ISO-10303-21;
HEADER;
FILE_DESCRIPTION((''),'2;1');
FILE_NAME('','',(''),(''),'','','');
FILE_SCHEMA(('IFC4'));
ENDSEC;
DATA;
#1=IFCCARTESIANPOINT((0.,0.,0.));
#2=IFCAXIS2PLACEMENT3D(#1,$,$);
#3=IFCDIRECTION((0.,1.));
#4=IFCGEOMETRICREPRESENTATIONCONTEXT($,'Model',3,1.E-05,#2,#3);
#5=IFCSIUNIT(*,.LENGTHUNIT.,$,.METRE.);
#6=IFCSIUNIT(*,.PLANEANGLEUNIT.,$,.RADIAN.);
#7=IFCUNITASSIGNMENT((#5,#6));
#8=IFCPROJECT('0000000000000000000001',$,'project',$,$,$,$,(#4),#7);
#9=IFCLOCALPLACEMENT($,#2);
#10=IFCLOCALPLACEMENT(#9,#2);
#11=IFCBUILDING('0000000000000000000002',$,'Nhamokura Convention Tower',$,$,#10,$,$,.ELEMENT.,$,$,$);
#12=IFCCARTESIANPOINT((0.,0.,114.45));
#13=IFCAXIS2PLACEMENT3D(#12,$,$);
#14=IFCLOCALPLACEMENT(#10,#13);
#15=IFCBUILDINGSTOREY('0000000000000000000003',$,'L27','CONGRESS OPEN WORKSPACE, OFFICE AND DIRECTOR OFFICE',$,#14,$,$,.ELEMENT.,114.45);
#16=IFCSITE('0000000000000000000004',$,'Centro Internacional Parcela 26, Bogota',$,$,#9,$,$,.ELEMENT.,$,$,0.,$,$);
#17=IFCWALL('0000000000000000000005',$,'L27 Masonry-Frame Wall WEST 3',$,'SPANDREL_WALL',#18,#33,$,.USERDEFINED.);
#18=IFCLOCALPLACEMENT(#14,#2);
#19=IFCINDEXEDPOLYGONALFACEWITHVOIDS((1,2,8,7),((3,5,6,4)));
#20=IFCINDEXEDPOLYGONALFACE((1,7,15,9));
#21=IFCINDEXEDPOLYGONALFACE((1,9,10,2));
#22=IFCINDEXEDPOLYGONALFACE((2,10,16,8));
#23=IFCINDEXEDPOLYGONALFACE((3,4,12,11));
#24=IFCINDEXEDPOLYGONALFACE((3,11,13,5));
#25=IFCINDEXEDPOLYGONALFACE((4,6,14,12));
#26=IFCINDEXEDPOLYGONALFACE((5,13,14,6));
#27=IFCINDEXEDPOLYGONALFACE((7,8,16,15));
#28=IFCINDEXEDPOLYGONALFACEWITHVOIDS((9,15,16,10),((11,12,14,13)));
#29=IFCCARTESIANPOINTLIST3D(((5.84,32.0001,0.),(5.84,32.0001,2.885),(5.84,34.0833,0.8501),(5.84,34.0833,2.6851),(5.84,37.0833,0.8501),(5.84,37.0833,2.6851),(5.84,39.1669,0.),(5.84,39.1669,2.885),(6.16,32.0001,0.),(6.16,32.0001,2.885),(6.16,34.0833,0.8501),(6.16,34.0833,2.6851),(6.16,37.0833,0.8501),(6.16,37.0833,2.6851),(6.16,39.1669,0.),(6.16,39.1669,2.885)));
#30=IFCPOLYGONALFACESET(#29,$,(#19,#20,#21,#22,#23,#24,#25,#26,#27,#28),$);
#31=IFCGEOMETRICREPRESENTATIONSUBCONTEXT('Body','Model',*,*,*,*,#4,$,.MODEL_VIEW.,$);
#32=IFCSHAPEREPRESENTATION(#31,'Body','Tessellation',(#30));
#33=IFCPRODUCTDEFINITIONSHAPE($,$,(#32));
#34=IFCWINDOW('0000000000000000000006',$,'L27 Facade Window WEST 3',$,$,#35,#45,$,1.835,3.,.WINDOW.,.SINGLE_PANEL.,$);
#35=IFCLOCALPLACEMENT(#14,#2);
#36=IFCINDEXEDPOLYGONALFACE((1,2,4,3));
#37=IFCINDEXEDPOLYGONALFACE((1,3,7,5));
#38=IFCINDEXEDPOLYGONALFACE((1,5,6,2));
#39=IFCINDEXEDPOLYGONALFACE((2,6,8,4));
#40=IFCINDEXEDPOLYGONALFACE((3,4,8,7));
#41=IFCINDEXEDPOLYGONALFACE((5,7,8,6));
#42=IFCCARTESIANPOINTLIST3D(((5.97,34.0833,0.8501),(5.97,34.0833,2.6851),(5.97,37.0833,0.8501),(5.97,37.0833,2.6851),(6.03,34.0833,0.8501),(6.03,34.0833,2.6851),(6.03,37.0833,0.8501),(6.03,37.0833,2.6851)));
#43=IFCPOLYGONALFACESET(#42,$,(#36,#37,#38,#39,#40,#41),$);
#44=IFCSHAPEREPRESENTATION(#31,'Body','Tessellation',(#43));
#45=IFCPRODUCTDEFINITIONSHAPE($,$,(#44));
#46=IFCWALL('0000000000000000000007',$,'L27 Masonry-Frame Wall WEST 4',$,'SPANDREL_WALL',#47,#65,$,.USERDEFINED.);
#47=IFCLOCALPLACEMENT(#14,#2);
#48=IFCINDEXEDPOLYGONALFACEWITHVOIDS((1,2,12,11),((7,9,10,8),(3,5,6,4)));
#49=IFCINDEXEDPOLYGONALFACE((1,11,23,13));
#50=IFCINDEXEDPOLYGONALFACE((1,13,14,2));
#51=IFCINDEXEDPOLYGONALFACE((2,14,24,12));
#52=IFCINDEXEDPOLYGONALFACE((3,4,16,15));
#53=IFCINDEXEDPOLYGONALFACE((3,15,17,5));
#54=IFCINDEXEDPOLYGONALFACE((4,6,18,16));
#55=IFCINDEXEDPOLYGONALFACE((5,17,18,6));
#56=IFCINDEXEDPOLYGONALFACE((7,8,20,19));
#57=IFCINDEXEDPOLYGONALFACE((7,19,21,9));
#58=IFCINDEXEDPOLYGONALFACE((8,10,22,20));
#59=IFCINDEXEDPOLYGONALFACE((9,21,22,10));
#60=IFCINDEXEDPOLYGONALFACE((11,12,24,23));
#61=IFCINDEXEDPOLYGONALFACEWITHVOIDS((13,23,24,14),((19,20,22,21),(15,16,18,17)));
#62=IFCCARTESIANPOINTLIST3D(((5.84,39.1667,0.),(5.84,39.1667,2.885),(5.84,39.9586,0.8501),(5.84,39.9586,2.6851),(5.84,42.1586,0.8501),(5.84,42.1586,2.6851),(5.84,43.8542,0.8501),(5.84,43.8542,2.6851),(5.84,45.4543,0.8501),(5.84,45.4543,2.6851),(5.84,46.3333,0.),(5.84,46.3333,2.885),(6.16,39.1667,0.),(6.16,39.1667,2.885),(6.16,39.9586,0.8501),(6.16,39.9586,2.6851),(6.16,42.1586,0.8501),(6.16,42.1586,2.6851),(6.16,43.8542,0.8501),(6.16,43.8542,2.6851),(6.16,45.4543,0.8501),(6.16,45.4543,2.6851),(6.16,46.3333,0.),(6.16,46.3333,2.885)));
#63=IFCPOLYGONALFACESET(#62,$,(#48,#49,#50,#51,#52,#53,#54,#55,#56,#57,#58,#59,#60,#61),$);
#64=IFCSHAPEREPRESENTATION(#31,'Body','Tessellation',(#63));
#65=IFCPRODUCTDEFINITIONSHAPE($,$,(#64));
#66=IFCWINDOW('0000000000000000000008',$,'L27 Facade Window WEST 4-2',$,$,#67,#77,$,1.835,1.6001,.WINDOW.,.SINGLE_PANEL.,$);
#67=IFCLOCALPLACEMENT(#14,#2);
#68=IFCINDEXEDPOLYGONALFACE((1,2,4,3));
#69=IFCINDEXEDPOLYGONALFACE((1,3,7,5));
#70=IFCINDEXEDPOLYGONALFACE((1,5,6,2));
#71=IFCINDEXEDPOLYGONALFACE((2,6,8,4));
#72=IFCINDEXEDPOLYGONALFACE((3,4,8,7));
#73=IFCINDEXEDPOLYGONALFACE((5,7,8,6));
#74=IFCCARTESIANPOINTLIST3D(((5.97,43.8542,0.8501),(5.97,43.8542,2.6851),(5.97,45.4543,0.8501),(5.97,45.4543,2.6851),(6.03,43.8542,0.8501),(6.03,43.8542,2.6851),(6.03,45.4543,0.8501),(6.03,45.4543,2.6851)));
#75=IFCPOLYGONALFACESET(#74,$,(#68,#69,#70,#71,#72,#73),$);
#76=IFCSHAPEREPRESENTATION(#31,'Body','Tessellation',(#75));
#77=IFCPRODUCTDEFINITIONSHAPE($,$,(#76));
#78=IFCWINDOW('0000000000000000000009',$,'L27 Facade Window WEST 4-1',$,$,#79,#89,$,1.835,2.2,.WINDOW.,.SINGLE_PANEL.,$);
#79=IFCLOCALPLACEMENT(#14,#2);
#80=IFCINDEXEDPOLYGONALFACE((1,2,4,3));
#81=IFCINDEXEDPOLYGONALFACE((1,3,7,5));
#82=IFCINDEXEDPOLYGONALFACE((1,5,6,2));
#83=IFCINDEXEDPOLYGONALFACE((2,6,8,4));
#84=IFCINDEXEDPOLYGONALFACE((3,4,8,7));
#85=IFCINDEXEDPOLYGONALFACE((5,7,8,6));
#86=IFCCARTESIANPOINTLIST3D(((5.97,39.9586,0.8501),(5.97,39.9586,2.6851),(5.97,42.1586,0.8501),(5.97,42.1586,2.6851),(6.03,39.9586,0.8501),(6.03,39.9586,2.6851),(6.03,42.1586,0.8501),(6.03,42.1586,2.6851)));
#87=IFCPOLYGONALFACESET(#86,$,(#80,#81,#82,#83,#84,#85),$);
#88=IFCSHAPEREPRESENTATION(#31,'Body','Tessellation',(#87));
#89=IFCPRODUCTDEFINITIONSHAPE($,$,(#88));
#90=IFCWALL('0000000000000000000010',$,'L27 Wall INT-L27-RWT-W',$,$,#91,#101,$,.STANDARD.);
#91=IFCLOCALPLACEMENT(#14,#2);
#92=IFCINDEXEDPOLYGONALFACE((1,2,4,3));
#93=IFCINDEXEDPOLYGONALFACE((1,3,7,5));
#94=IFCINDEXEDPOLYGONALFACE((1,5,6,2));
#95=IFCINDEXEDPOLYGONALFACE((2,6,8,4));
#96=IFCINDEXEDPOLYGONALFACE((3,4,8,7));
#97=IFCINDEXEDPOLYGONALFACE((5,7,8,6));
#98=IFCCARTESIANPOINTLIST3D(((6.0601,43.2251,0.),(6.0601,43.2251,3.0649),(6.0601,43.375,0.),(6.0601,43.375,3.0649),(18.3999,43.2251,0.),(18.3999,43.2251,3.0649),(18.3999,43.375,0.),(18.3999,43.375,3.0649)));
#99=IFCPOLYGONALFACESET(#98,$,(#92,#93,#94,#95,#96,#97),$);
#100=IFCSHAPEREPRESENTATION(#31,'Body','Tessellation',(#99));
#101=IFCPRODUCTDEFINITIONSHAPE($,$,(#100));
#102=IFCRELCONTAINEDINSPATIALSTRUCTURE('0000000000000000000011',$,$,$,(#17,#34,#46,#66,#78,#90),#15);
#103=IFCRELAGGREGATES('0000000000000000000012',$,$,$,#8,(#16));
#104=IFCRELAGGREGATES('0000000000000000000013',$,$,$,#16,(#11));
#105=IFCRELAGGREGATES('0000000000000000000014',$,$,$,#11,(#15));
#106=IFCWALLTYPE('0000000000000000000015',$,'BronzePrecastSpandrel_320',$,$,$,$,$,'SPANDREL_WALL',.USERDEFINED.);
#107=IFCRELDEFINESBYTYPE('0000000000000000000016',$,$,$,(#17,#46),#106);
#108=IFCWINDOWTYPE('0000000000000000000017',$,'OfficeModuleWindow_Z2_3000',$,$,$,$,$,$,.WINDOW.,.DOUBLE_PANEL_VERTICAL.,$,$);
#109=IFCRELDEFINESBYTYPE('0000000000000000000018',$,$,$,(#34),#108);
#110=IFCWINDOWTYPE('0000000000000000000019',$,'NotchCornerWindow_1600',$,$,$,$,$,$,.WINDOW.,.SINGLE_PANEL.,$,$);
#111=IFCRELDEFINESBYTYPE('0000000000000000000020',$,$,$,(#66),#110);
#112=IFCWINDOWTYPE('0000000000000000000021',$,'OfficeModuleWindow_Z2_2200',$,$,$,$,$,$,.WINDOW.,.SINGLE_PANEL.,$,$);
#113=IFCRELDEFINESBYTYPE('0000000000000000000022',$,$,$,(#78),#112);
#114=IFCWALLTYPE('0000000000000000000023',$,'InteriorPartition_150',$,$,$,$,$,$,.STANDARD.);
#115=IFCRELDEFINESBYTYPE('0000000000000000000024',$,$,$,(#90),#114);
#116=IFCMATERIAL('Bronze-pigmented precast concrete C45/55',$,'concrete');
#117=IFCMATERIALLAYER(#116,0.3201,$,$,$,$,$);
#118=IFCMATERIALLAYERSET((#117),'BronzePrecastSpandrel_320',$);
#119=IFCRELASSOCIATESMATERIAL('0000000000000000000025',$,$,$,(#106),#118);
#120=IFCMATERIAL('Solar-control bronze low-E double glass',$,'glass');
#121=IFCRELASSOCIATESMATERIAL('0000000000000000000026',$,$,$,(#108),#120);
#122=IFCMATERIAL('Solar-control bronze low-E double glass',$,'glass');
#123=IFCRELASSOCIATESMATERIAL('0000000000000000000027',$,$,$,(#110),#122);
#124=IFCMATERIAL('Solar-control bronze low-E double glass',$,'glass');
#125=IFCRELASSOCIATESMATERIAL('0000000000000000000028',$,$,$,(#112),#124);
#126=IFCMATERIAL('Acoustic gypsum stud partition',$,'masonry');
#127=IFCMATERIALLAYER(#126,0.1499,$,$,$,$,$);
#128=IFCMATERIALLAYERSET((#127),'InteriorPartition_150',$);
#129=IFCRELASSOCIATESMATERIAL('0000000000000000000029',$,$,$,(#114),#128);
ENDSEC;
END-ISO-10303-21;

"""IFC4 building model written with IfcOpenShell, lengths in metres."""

from ifc_helpers import new_model, si_unit, direction, frame, frame_2d, origin, place, context, subcontext, project, spatial, rectangle, extrude, material, layer, layer_set, type_object, element, fill, save


model = new_model("IFC4")

# Units and contexts
model_context = context("Model", 3, precision=1e-05, world=origin(), true_north=direction((0.0, 1.0)))
body_context = subcontext(model_context, "Body", "Model", "MODEL_VIEW")
ifc_project = project(units=[si_unit("LENGTHUNIT", "METRE"), si_unit("PLANEANGLEUNIT", "RADIAN")], contexts=[model_context])

# Site, building, storey
site_placement = place(None, origin())
site = spatial("IfcSite", under=ifc_project, at=site_placement, Name="Centro Internacional Parcela 26, Bogota", CompositionType="ELEMENT", RefElevation=0.0)
building_placement = place(site_placement, origin())
building = spatial("IfcBuilding", under=site, at=building_placement, Name="Nhamokura Convention Tower", CompositionType="ELEMENT")
storey_placement = place(building_placement, frame((0.0, 0.0, 114.45)))
storey = spatial("IfcBuildingStorey", under=building, at=storey_placement, Name="L27", Description="CONGRESS OPEN WORKSPACE, OFFICE AND DIRECTOR OFFICE", CompositionType="ELEMENT", Elevation=114.45)

# Wall, opening, window
ifc_material_1 = material(Name="Bronze-pigmented precast concrete C45/55", Category="concrete")
ifc_layer_1 = layer(ifc_material_1, 0.3201)
ifc_layer_set_1 = layer_set([ifc_layer_1], Name="BronzePrecastSpandrel_320")
wall_type_1 = type_object("IfcWallType", Name="BronzePrecastSpandrel_320", ElementType="SPANDREL_WALL", PredefinedType="USERDEFINED", material=ifc_layer_set_1)
wall_1_placement = place(storey_placement, frame((6.0, 32.0, 0.0), z_axis=(0.0, 0.0, 1.0), x_axis=(0.0, 1.0, 0.0)))
wall_1 = element("IfcWall", 1, at=wall_1_placement, inside=storey, type_object=wall_type_1, Name="L27 Masonry-Frame Wall WEST 3", ObjectType="SPANDREL_WALL", PredefinedType="USERDEFINED", context=body_context, shape_type="SweptSolid", body=[
    extrude(rectangle(XDim=7.1667, YDim=0.3201, at=frame_2d((3.5835, 0.0))), origin(), (0.0, 0.0, 1.0), 2.885),
])
opening_1_placement = place(wall_1_placement, frame((2.0833, 0.0, 0.8501)))
opening_1 = element("IfcOpeningElement", 2, at=opening_1_placement, cuts=wall_1, PredefinedType="OPENING", context=body_context, shape_type="SweptSolid", body=[
    extrude(rectangle(XDim=3.0, YDim=1.835, at=frame_2d((1.5, 0.9175))), frame((0.0, 0.1699, 0.0), z_axis=(0.0, -1.0, 0.0), x_axis=(1.0, 0.0, 0.0)), (0.0, 0.0, 1.0), 0.3401),
])
ifc_material_2 = material(Name="Solar-control bronze low-E double glass", Category="glass")
window_type_1 = type_object("IfcWindowType", Name="OfficeModuleWindow_Z2_3000", PartitioningType="DOUBLE_PANEL_VERTICAL", PredefinedType="WINDOW", material=ifc_material_2)
window_1_placement = place(opening_1_placement, origin())
window_1 = element("IfcWindow", 3, at=window_1_placement, inside=storey, type_object=window_type_1, Name="L27 Facade Window WEST 3", OverallHeight=1.835, OverallWidth=3.0, PartitioningType="SINGLE_PANEL", PredefinedType="WINDOW", context=body_context, shape_type="SweptSolid", body=[
    extrude(rectangle(XDim=3.0, YDim=1.835, at=frame_2d((1.5, 0.9175))), frame((0.0, 0.03, 0.0), z_axis=(0.0, -1.0, 0.0), x_axis=(1.0, 0.0, 0.0)), (0.0, 0.0, 1.0), 0.0601),
])
fill(opening_1, window_1)

# Wall, openings, windows
wall_2_placement = place(storey_placement, frame((6.0, 39.1667, 0.0), z_axis=(0.0, 0.0, 1.0), x_axis=(0.0, 1.0, 0.0)))
wall_2 = element("IfcWall", 4, at=wall_2_placement, inside=storey, type_object=wall_type_1, Name="L27 Masonry-Frame Wall WEST 4", ObjectType="SPANDREL_WALL", PredefinedType="USERDEFINED", context=body_context, shape_type="SweptSolid", body=[
    extrude(rectangle(XDim=7.1665, YDim=0.3201, at=frame_2d((3.5833, 0.0))), origin(), (0.0, 0.0, 1.0), 2.885),
])
opening_2_placement = place(wall_2_placement, frame((0.7917, 0.0, 0.8501)))
opening_2 = element("IfcOpeningElement", 5, at=opening_2_placement, cuts=wall_2, PredefinedType="OPENING", context=body_context, shape_type="SweptSolid", body=[
    extrude(rectangle(XDim=2.2, YDim=1.835, at=frame_2d((1.1001, 0.9175))), frame((0.0, 0.1699, 0.0), z_axis=(0.0, -1.0, 0.0), x_axis=(1.0, 0.0, 0.0)), (0.0, 0.0, 1.0), 0.3401),
])
opening_3_placement = place(wall_2_placement, frame((4.6875, 0.0, 0.8501)))
opening_3 = element("IfcOpeningElement", 6, at=opening_3_placement, cuts=wall_2, PredefinedType="OPENING", context=body_context, shape_type="SweptSolid", body=[
    extrude(rectangle(XDim=1.6001, YDim=1.835, at=frame_2d((0.8, 0.9175))), frame((0.0, 0.1699, 0.0), z_axis=(0.0, -1.0, 0.0), x_axis=(1.0, 0.0, 0.0)), (0.0, 0.0, 1.0), 0.3401),
])
ifc_material_3 = material(Name="Solar-control bronze low-E double glass", Category="glass")
window_type_2 = type_object("IfcWindowType", Name="NotchCornerWindow_1600", PartitioningType="SINGLE_PANEL", PredefinedType="WINDOW", material=ifc_material_3)
window_2_placement = place(opening_3_placement, origin())
window_2 = element("IfcWindow", 7, at=window_2_placement, inside=storey, type_object=window_type_2, Name="L27 Facade Window WEST 4-2", OverallHeight=1.835, OverallWidth=1.6001, PartitioningType="SINGLE_PANEL", PredefinedType="WINDOW", context=body_context, shape_type="SweptSolid", body=[
    extrude(rectangle(XDim=1.6001, YDim=1.835, at=frame_2d((0.8, 0.9175))), frame((0.0, 0.03, 0.0), z_axis=(0.0, -1.0, 0.0), x_axis=(1.0, 0.0, 0.0)), (0.0, 0.0, 1.0), 0.0601),
])
fill(opening_3, window_2)
ifc_material_4 = material(Name="Solar-control bronze low-E double glass", Category="glass")
window_type_3 = type_object("IfcWindowType", Name="OfficeModuleWindow_Z2_2200", PartitioningType="SINGLE_PANEL", PredefinedType="WINDOW", material=ifc_material_4)
window_3_placement = place(opening_2_placement, origin())
window_3 = element("IfcWindow", 8, at=window_3_placement, inside=storey, type_object=window_type_3, Name="L27 Facade Window WEST 4-1", OverallHeight=1.835, OverallWidth=2.2, PartitioningType="SINGLE_PANEL", PredefinedType="WINDOW", context=body_context, shape_type="SweptSolid", body=[
    extrude(rectangle(XDim=2.2, YDim=1.835, at=frame_2d((1.1001, 0.9175))), frame((0.0, 0.03, 0.0), z_axis=(0.0, -1.0, 0.0), x_axis=(1.0, 0.0, 0.0)), (0.0, 0.0, 1.0), 0.0601),
])
fill(opening_2, window_3)

# Wall
ifc_material_5 = material(Name="Acoustic gypsum stud partition", Category="masonry")
ifc_layer_2 = layer(ifc_material_5, 0.1499)
ifc_layer_set_2 = layer_set([ifc_layer_2], Name="InteriorPartition_150")
wall_type_2 = type_object("IfcWallType", Name="InteriorPartition_150", PredefinedType="STANDARD", material=ifc_layer_set_2)
wall_3_placement = place(storey_placement, frame((6.0601, 43.3, 0.0), z_axis=(0.0, 0.0, 1.0), x_axis=(1.0, 0.0, 0.0)))
element("IfcWall", 9, at=wall_3_placement, inside=storey, type_object=wall_type_2, Name="L27 Wall INT-L27-RWT-W", PredefinedType="STANDARD", context=body_context, shape_type="SweptSolid", body=[
    extrude(rectangle(XDim=12.3398, YDim=0.1499, at=frame_2d((6.1699, 0.0))), origin(), (0.0, 0.0, 1.0), 3.0649),
])

save(model, "model.ifc")
